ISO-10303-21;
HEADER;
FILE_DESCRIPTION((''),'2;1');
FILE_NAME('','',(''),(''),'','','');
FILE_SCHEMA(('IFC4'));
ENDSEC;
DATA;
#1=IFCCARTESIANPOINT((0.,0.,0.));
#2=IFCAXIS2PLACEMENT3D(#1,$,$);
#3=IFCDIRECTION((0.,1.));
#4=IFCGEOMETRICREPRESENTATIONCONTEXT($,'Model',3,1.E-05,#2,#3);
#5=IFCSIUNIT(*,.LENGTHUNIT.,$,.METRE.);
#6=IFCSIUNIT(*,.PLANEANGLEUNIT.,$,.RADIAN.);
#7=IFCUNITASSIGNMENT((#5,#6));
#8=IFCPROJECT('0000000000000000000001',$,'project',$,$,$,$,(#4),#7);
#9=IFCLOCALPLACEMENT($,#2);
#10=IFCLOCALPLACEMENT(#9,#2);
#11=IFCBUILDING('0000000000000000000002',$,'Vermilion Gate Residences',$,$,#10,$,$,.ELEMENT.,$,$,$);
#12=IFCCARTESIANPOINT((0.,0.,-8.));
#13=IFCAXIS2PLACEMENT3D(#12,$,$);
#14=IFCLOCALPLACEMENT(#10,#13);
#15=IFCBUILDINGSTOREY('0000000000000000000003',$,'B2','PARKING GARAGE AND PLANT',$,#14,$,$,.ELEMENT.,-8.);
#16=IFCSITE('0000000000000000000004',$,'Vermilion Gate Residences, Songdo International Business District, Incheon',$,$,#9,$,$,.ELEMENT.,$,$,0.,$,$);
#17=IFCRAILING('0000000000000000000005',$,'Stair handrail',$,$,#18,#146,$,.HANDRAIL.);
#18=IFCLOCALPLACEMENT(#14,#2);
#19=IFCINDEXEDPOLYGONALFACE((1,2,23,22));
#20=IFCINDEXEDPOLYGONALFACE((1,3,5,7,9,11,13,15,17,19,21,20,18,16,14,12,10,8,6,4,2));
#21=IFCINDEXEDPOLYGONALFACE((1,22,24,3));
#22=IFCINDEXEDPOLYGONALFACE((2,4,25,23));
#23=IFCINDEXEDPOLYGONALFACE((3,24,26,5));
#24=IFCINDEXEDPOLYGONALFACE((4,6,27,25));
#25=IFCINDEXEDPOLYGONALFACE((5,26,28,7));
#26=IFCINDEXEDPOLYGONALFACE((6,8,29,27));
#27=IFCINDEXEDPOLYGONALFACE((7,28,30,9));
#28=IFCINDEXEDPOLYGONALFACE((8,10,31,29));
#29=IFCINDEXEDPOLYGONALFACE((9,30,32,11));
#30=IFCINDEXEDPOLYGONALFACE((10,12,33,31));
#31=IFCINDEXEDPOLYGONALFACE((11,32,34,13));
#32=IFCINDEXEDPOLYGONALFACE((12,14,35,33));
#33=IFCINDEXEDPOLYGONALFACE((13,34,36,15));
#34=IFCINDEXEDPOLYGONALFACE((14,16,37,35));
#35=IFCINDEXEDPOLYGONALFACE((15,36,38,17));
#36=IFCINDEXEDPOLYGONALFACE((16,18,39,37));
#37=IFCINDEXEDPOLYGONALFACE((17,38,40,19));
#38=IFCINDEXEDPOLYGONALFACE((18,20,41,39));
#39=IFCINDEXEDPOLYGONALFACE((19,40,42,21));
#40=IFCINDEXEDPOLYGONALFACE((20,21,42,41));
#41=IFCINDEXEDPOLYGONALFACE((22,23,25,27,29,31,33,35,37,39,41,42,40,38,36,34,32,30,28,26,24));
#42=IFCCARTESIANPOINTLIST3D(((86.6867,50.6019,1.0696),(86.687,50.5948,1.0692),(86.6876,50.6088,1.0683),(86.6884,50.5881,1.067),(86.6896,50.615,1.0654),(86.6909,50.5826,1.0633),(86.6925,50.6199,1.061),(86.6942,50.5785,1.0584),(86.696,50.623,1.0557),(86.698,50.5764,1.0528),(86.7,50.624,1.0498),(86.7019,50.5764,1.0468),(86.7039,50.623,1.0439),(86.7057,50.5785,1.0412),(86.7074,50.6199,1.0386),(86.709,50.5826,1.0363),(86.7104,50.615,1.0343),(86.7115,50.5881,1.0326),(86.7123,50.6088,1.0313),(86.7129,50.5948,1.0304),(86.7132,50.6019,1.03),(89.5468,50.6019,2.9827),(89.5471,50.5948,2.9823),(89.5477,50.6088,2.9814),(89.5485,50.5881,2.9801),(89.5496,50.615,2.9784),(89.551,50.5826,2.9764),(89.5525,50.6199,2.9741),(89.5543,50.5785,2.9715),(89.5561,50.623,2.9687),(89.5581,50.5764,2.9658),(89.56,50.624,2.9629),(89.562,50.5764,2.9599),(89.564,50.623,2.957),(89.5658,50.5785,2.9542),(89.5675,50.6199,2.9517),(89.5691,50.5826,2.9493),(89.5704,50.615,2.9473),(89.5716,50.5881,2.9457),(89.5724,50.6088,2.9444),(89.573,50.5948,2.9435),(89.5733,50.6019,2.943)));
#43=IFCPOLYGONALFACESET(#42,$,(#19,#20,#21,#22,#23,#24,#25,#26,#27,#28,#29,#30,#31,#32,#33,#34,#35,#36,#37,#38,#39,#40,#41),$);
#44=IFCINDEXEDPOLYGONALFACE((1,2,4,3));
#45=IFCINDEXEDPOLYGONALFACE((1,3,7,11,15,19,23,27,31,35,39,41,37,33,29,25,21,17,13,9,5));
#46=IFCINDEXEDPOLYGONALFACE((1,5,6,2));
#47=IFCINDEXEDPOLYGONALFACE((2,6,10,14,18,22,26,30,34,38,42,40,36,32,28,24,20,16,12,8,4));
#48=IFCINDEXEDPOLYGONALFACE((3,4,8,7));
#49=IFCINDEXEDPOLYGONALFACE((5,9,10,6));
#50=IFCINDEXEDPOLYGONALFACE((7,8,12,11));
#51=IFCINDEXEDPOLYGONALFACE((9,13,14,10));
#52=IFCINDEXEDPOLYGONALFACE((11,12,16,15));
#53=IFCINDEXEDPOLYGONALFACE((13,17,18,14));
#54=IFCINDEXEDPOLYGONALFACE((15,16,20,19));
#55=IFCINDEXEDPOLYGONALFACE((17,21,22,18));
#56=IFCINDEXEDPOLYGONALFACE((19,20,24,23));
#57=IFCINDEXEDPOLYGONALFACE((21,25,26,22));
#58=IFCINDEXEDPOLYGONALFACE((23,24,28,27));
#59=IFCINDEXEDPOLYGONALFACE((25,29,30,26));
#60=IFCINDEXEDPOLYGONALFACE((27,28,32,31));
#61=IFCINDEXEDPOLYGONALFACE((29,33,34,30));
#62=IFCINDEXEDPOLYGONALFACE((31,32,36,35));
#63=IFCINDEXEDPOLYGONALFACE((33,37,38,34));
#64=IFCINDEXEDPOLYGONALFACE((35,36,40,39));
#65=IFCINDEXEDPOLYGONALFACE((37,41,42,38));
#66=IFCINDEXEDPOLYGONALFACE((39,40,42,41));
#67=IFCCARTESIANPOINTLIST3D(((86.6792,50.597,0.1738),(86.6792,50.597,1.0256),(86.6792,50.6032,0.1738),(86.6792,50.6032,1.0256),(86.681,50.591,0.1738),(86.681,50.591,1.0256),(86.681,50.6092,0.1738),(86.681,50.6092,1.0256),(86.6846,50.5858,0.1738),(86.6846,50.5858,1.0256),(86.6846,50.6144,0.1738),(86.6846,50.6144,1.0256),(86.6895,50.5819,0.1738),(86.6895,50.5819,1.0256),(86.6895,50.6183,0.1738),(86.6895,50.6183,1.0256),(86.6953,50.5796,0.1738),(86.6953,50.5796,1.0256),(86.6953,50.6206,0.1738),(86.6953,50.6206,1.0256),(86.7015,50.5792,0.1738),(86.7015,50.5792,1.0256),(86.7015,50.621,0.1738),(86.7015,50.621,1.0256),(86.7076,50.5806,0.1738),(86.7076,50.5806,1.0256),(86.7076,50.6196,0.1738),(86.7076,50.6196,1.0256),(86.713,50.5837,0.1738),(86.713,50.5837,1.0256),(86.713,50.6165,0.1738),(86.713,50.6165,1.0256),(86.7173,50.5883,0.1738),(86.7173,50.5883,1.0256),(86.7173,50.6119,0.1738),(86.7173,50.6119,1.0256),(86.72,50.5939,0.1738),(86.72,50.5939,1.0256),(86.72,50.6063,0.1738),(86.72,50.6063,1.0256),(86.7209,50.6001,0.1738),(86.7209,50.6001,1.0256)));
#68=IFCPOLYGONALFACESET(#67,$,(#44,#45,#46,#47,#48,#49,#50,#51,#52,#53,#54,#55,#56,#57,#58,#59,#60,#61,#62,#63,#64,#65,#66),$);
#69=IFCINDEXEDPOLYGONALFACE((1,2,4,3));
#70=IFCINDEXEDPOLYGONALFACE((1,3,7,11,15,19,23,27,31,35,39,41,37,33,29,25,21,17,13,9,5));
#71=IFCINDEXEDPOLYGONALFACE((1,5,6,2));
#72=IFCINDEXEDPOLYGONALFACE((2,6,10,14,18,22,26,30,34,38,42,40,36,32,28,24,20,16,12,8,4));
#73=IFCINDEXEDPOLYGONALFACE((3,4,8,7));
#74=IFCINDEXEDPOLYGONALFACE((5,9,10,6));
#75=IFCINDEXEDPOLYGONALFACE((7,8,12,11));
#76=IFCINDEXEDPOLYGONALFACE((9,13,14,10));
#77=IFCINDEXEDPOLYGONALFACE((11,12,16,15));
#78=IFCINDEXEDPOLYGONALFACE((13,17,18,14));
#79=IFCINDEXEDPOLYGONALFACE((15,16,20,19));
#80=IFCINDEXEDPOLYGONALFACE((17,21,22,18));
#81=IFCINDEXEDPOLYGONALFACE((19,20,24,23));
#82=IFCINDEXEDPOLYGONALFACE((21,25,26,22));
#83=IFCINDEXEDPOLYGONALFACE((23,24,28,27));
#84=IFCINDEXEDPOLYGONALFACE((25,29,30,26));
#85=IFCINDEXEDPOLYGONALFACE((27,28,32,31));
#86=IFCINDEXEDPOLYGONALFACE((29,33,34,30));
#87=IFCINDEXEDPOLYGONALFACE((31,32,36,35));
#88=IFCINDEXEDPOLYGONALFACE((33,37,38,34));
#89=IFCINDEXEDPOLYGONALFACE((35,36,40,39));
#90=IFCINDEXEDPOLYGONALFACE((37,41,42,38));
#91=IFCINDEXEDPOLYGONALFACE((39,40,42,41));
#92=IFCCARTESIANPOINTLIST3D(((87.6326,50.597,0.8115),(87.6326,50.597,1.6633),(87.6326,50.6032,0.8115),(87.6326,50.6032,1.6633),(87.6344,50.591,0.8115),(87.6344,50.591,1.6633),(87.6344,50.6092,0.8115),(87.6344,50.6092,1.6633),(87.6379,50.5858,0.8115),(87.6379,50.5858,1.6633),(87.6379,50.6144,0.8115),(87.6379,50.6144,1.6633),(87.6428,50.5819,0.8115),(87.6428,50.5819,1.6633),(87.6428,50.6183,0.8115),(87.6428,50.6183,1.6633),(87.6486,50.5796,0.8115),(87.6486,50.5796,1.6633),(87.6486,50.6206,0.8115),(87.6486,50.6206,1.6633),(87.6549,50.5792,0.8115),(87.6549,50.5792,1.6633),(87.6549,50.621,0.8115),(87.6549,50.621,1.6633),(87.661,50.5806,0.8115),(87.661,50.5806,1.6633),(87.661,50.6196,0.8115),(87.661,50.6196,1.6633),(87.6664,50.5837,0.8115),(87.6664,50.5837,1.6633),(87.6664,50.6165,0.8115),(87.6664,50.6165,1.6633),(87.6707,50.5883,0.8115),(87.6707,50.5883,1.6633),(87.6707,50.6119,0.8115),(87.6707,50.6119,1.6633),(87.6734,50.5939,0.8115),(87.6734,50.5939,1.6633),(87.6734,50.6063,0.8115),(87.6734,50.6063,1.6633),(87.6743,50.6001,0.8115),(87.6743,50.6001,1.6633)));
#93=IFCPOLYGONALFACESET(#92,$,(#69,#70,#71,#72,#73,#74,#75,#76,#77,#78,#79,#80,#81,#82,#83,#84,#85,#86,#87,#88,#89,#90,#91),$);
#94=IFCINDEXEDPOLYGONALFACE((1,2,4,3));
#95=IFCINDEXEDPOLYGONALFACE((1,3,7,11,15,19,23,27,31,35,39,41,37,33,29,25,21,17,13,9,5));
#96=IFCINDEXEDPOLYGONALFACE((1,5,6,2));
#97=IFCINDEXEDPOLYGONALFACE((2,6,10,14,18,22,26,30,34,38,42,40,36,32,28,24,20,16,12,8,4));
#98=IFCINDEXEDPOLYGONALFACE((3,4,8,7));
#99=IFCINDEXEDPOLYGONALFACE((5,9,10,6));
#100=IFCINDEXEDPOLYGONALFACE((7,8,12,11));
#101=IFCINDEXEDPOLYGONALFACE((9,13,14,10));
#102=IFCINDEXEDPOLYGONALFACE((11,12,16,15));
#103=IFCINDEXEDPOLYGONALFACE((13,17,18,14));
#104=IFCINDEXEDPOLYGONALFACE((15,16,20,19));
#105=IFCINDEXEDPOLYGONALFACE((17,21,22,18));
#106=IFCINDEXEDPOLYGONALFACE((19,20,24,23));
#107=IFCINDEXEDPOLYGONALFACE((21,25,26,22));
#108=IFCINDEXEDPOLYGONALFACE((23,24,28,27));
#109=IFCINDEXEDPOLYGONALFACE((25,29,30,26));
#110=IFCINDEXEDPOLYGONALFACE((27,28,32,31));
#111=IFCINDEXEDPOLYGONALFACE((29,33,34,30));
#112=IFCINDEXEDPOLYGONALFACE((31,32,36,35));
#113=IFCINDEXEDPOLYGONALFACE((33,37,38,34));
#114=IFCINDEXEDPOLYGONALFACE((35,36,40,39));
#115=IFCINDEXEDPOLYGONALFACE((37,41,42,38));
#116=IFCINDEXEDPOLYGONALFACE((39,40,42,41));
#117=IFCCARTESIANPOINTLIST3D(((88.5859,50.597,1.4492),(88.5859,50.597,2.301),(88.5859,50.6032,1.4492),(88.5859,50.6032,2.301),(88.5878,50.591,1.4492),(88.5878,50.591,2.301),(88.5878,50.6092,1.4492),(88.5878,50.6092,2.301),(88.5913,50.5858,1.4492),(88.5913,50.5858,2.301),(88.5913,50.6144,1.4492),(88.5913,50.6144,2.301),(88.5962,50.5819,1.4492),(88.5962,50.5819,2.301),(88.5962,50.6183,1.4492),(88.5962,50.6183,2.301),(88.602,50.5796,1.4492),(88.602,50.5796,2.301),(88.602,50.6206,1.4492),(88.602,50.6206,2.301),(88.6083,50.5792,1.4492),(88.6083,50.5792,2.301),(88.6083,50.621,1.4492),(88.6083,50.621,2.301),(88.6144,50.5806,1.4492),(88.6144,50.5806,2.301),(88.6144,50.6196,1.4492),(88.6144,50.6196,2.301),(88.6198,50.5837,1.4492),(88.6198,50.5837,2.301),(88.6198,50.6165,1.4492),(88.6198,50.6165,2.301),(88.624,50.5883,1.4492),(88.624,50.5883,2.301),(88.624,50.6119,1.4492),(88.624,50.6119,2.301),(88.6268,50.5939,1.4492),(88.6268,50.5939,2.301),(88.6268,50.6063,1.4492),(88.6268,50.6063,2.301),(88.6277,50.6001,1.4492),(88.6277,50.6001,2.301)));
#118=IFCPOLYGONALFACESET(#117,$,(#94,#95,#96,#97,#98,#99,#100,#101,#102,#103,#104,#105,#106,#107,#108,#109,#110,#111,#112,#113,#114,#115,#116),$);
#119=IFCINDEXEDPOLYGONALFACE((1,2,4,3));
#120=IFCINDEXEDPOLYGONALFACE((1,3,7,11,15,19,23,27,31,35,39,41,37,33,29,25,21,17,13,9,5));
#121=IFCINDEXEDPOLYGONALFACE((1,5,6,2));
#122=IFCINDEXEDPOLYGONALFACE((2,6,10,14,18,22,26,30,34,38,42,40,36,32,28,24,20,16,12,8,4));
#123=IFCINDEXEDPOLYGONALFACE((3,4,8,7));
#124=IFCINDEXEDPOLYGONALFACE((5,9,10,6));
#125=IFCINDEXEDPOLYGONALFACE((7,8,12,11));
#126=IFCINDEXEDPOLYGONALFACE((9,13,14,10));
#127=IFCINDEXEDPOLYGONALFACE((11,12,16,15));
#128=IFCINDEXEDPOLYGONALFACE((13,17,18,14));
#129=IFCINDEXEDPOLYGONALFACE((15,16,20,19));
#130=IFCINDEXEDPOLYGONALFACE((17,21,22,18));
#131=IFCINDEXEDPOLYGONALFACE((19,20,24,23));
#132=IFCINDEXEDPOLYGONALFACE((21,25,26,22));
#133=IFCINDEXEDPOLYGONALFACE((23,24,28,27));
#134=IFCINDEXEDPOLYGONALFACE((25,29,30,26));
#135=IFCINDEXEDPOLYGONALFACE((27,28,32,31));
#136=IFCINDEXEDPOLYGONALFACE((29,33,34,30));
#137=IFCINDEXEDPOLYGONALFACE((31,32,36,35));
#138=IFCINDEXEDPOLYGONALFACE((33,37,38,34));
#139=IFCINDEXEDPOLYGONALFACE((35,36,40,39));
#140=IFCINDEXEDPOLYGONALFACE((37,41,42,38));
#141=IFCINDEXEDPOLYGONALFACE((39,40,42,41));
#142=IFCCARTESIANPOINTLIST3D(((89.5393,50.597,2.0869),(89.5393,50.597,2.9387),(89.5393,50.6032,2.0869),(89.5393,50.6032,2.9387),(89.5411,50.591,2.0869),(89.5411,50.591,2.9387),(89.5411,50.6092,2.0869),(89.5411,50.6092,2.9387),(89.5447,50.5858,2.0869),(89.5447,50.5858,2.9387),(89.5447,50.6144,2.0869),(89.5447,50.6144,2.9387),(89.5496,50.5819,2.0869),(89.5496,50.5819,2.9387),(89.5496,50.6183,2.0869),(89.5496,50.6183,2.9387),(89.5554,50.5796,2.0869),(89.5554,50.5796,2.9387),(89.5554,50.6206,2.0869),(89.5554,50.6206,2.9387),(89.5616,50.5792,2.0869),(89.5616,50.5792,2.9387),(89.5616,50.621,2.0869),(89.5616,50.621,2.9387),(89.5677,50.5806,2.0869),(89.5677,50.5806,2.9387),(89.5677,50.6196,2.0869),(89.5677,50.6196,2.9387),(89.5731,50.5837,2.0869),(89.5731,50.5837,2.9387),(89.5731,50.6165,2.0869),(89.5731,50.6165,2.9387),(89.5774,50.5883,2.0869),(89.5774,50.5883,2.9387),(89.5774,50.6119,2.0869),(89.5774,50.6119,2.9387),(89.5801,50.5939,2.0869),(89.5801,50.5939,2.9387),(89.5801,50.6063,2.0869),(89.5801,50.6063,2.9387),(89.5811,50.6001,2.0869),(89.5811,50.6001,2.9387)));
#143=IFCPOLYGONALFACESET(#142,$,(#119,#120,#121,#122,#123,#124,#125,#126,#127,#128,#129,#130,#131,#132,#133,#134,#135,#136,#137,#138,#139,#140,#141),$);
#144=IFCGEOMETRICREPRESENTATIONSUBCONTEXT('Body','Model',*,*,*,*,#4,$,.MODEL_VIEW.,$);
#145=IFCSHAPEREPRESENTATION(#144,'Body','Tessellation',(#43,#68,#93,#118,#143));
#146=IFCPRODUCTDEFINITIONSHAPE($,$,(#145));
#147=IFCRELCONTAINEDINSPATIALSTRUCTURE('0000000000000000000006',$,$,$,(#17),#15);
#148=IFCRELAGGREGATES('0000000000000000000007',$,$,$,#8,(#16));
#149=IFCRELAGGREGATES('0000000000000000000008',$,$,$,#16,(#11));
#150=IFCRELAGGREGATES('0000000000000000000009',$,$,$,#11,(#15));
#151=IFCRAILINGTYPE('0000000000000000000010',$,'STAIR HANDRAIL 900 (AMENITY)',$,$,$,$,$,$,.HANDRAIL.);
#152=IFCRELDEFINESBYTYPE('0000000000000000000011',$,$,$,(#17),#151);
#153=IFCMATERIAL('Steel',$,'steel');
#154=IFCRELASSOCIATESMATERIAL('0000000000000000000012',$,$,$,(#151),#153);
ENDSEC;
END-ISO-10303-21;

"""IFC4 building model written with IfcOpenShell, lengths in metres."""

from ifc_helpers import new_model, si_unit, direction, frame, origin, origin_2d, place, context, subcontext, project, spatial, circle, extrude, material, type_object, element, save


model = new_model("IFC4")

# Units and contexts
model_context = context("Model", 3, precision=1e-05, world=origin(), true_north=direction((0.0, 1.0)))
body_context = subcontext(model_context, "Body", "Model", "MODEL_VIEW")
ifc_project = project(units=[si_unit("LENGTHUNIT", "METRE"), si_unit("PLANEANGLEUNIT", "RADIAN")], contexts=[model_context])

# Site, building, storey
site_placement = place(None, origin())
site = spatial("IfcSite", under=ifc_project, at=site_placement, Name="Vermilion Gate Residences, Songdo International Business District, Incheon", CompositionType="ELEMENT", RefElevation=0.0)
building_placement = place(site_placement, origin())
building = spatial("IfcBuilding", under=site, at=building_placement, Name="Vermilion Gate Residences", CompositionType="ELEMENT")
storey_placement = place(building_placement, frame((0.0, 0.0, -8.0)))
storey = spatial("IfcBuildingStorey", under=building, at=storey_placement, Name="B2", Description="PARKING GARAGE AND PLANT", CompositionType="ELEMENT", Elevation=-8.0)

# Railing
ifc_material_1 = material(Name="Steel", Category="steel")
railing_type = type_object("IfcRailingType", Name="STAIR HANDRAIL 900 (AMENITY)", PredefinedType="HANDRAIL", material=ifc_material_1)
railing_1_placement = place(storey_placement, frame((86.7, 50.6001, 0.1738)))
element("IfcRailing", 1, at=railing_1_placement, inside=storey, type_object=railing_type, Name="Stair handrail", PredefinedType="HANDRAIL", context=body_context, shape_type="SweptSolid", body=[
    extrude(circle(Radius=0.0239, at=origin_2d()), frame((0.0, 0.0, 0.876), z_axis=(0.831198, 0.0, 0.555977), x_axis=(0.0, 1.0, 0.0)), (0.0, 0.0, 1.0), 3.4409),
    extrude(circle(Radius=0.021, at=origin_2d()), origin(), (0.0, 0.0, 1.0), 0.8518),
    extrude(circle(Radius=0.021, at=origin_2d()), frame((0.9534, 0.0, 0.6377)), (0.0, 0.0, 1.0), 0.8518),
    extrude(circle(Radius=0.021, at=origin_2d()), frame((1.9067, 0.0, 1.2754)), (0.0, 0.0, 1.0), 0.8518),
    extrude(circle(Radius=0.021, at=origin_2d()), frame((2.8601, 0.0, 1.9131)), (0.0, 0.0, 1.0), 0.8518),
])

save(model, "model.ifc")
